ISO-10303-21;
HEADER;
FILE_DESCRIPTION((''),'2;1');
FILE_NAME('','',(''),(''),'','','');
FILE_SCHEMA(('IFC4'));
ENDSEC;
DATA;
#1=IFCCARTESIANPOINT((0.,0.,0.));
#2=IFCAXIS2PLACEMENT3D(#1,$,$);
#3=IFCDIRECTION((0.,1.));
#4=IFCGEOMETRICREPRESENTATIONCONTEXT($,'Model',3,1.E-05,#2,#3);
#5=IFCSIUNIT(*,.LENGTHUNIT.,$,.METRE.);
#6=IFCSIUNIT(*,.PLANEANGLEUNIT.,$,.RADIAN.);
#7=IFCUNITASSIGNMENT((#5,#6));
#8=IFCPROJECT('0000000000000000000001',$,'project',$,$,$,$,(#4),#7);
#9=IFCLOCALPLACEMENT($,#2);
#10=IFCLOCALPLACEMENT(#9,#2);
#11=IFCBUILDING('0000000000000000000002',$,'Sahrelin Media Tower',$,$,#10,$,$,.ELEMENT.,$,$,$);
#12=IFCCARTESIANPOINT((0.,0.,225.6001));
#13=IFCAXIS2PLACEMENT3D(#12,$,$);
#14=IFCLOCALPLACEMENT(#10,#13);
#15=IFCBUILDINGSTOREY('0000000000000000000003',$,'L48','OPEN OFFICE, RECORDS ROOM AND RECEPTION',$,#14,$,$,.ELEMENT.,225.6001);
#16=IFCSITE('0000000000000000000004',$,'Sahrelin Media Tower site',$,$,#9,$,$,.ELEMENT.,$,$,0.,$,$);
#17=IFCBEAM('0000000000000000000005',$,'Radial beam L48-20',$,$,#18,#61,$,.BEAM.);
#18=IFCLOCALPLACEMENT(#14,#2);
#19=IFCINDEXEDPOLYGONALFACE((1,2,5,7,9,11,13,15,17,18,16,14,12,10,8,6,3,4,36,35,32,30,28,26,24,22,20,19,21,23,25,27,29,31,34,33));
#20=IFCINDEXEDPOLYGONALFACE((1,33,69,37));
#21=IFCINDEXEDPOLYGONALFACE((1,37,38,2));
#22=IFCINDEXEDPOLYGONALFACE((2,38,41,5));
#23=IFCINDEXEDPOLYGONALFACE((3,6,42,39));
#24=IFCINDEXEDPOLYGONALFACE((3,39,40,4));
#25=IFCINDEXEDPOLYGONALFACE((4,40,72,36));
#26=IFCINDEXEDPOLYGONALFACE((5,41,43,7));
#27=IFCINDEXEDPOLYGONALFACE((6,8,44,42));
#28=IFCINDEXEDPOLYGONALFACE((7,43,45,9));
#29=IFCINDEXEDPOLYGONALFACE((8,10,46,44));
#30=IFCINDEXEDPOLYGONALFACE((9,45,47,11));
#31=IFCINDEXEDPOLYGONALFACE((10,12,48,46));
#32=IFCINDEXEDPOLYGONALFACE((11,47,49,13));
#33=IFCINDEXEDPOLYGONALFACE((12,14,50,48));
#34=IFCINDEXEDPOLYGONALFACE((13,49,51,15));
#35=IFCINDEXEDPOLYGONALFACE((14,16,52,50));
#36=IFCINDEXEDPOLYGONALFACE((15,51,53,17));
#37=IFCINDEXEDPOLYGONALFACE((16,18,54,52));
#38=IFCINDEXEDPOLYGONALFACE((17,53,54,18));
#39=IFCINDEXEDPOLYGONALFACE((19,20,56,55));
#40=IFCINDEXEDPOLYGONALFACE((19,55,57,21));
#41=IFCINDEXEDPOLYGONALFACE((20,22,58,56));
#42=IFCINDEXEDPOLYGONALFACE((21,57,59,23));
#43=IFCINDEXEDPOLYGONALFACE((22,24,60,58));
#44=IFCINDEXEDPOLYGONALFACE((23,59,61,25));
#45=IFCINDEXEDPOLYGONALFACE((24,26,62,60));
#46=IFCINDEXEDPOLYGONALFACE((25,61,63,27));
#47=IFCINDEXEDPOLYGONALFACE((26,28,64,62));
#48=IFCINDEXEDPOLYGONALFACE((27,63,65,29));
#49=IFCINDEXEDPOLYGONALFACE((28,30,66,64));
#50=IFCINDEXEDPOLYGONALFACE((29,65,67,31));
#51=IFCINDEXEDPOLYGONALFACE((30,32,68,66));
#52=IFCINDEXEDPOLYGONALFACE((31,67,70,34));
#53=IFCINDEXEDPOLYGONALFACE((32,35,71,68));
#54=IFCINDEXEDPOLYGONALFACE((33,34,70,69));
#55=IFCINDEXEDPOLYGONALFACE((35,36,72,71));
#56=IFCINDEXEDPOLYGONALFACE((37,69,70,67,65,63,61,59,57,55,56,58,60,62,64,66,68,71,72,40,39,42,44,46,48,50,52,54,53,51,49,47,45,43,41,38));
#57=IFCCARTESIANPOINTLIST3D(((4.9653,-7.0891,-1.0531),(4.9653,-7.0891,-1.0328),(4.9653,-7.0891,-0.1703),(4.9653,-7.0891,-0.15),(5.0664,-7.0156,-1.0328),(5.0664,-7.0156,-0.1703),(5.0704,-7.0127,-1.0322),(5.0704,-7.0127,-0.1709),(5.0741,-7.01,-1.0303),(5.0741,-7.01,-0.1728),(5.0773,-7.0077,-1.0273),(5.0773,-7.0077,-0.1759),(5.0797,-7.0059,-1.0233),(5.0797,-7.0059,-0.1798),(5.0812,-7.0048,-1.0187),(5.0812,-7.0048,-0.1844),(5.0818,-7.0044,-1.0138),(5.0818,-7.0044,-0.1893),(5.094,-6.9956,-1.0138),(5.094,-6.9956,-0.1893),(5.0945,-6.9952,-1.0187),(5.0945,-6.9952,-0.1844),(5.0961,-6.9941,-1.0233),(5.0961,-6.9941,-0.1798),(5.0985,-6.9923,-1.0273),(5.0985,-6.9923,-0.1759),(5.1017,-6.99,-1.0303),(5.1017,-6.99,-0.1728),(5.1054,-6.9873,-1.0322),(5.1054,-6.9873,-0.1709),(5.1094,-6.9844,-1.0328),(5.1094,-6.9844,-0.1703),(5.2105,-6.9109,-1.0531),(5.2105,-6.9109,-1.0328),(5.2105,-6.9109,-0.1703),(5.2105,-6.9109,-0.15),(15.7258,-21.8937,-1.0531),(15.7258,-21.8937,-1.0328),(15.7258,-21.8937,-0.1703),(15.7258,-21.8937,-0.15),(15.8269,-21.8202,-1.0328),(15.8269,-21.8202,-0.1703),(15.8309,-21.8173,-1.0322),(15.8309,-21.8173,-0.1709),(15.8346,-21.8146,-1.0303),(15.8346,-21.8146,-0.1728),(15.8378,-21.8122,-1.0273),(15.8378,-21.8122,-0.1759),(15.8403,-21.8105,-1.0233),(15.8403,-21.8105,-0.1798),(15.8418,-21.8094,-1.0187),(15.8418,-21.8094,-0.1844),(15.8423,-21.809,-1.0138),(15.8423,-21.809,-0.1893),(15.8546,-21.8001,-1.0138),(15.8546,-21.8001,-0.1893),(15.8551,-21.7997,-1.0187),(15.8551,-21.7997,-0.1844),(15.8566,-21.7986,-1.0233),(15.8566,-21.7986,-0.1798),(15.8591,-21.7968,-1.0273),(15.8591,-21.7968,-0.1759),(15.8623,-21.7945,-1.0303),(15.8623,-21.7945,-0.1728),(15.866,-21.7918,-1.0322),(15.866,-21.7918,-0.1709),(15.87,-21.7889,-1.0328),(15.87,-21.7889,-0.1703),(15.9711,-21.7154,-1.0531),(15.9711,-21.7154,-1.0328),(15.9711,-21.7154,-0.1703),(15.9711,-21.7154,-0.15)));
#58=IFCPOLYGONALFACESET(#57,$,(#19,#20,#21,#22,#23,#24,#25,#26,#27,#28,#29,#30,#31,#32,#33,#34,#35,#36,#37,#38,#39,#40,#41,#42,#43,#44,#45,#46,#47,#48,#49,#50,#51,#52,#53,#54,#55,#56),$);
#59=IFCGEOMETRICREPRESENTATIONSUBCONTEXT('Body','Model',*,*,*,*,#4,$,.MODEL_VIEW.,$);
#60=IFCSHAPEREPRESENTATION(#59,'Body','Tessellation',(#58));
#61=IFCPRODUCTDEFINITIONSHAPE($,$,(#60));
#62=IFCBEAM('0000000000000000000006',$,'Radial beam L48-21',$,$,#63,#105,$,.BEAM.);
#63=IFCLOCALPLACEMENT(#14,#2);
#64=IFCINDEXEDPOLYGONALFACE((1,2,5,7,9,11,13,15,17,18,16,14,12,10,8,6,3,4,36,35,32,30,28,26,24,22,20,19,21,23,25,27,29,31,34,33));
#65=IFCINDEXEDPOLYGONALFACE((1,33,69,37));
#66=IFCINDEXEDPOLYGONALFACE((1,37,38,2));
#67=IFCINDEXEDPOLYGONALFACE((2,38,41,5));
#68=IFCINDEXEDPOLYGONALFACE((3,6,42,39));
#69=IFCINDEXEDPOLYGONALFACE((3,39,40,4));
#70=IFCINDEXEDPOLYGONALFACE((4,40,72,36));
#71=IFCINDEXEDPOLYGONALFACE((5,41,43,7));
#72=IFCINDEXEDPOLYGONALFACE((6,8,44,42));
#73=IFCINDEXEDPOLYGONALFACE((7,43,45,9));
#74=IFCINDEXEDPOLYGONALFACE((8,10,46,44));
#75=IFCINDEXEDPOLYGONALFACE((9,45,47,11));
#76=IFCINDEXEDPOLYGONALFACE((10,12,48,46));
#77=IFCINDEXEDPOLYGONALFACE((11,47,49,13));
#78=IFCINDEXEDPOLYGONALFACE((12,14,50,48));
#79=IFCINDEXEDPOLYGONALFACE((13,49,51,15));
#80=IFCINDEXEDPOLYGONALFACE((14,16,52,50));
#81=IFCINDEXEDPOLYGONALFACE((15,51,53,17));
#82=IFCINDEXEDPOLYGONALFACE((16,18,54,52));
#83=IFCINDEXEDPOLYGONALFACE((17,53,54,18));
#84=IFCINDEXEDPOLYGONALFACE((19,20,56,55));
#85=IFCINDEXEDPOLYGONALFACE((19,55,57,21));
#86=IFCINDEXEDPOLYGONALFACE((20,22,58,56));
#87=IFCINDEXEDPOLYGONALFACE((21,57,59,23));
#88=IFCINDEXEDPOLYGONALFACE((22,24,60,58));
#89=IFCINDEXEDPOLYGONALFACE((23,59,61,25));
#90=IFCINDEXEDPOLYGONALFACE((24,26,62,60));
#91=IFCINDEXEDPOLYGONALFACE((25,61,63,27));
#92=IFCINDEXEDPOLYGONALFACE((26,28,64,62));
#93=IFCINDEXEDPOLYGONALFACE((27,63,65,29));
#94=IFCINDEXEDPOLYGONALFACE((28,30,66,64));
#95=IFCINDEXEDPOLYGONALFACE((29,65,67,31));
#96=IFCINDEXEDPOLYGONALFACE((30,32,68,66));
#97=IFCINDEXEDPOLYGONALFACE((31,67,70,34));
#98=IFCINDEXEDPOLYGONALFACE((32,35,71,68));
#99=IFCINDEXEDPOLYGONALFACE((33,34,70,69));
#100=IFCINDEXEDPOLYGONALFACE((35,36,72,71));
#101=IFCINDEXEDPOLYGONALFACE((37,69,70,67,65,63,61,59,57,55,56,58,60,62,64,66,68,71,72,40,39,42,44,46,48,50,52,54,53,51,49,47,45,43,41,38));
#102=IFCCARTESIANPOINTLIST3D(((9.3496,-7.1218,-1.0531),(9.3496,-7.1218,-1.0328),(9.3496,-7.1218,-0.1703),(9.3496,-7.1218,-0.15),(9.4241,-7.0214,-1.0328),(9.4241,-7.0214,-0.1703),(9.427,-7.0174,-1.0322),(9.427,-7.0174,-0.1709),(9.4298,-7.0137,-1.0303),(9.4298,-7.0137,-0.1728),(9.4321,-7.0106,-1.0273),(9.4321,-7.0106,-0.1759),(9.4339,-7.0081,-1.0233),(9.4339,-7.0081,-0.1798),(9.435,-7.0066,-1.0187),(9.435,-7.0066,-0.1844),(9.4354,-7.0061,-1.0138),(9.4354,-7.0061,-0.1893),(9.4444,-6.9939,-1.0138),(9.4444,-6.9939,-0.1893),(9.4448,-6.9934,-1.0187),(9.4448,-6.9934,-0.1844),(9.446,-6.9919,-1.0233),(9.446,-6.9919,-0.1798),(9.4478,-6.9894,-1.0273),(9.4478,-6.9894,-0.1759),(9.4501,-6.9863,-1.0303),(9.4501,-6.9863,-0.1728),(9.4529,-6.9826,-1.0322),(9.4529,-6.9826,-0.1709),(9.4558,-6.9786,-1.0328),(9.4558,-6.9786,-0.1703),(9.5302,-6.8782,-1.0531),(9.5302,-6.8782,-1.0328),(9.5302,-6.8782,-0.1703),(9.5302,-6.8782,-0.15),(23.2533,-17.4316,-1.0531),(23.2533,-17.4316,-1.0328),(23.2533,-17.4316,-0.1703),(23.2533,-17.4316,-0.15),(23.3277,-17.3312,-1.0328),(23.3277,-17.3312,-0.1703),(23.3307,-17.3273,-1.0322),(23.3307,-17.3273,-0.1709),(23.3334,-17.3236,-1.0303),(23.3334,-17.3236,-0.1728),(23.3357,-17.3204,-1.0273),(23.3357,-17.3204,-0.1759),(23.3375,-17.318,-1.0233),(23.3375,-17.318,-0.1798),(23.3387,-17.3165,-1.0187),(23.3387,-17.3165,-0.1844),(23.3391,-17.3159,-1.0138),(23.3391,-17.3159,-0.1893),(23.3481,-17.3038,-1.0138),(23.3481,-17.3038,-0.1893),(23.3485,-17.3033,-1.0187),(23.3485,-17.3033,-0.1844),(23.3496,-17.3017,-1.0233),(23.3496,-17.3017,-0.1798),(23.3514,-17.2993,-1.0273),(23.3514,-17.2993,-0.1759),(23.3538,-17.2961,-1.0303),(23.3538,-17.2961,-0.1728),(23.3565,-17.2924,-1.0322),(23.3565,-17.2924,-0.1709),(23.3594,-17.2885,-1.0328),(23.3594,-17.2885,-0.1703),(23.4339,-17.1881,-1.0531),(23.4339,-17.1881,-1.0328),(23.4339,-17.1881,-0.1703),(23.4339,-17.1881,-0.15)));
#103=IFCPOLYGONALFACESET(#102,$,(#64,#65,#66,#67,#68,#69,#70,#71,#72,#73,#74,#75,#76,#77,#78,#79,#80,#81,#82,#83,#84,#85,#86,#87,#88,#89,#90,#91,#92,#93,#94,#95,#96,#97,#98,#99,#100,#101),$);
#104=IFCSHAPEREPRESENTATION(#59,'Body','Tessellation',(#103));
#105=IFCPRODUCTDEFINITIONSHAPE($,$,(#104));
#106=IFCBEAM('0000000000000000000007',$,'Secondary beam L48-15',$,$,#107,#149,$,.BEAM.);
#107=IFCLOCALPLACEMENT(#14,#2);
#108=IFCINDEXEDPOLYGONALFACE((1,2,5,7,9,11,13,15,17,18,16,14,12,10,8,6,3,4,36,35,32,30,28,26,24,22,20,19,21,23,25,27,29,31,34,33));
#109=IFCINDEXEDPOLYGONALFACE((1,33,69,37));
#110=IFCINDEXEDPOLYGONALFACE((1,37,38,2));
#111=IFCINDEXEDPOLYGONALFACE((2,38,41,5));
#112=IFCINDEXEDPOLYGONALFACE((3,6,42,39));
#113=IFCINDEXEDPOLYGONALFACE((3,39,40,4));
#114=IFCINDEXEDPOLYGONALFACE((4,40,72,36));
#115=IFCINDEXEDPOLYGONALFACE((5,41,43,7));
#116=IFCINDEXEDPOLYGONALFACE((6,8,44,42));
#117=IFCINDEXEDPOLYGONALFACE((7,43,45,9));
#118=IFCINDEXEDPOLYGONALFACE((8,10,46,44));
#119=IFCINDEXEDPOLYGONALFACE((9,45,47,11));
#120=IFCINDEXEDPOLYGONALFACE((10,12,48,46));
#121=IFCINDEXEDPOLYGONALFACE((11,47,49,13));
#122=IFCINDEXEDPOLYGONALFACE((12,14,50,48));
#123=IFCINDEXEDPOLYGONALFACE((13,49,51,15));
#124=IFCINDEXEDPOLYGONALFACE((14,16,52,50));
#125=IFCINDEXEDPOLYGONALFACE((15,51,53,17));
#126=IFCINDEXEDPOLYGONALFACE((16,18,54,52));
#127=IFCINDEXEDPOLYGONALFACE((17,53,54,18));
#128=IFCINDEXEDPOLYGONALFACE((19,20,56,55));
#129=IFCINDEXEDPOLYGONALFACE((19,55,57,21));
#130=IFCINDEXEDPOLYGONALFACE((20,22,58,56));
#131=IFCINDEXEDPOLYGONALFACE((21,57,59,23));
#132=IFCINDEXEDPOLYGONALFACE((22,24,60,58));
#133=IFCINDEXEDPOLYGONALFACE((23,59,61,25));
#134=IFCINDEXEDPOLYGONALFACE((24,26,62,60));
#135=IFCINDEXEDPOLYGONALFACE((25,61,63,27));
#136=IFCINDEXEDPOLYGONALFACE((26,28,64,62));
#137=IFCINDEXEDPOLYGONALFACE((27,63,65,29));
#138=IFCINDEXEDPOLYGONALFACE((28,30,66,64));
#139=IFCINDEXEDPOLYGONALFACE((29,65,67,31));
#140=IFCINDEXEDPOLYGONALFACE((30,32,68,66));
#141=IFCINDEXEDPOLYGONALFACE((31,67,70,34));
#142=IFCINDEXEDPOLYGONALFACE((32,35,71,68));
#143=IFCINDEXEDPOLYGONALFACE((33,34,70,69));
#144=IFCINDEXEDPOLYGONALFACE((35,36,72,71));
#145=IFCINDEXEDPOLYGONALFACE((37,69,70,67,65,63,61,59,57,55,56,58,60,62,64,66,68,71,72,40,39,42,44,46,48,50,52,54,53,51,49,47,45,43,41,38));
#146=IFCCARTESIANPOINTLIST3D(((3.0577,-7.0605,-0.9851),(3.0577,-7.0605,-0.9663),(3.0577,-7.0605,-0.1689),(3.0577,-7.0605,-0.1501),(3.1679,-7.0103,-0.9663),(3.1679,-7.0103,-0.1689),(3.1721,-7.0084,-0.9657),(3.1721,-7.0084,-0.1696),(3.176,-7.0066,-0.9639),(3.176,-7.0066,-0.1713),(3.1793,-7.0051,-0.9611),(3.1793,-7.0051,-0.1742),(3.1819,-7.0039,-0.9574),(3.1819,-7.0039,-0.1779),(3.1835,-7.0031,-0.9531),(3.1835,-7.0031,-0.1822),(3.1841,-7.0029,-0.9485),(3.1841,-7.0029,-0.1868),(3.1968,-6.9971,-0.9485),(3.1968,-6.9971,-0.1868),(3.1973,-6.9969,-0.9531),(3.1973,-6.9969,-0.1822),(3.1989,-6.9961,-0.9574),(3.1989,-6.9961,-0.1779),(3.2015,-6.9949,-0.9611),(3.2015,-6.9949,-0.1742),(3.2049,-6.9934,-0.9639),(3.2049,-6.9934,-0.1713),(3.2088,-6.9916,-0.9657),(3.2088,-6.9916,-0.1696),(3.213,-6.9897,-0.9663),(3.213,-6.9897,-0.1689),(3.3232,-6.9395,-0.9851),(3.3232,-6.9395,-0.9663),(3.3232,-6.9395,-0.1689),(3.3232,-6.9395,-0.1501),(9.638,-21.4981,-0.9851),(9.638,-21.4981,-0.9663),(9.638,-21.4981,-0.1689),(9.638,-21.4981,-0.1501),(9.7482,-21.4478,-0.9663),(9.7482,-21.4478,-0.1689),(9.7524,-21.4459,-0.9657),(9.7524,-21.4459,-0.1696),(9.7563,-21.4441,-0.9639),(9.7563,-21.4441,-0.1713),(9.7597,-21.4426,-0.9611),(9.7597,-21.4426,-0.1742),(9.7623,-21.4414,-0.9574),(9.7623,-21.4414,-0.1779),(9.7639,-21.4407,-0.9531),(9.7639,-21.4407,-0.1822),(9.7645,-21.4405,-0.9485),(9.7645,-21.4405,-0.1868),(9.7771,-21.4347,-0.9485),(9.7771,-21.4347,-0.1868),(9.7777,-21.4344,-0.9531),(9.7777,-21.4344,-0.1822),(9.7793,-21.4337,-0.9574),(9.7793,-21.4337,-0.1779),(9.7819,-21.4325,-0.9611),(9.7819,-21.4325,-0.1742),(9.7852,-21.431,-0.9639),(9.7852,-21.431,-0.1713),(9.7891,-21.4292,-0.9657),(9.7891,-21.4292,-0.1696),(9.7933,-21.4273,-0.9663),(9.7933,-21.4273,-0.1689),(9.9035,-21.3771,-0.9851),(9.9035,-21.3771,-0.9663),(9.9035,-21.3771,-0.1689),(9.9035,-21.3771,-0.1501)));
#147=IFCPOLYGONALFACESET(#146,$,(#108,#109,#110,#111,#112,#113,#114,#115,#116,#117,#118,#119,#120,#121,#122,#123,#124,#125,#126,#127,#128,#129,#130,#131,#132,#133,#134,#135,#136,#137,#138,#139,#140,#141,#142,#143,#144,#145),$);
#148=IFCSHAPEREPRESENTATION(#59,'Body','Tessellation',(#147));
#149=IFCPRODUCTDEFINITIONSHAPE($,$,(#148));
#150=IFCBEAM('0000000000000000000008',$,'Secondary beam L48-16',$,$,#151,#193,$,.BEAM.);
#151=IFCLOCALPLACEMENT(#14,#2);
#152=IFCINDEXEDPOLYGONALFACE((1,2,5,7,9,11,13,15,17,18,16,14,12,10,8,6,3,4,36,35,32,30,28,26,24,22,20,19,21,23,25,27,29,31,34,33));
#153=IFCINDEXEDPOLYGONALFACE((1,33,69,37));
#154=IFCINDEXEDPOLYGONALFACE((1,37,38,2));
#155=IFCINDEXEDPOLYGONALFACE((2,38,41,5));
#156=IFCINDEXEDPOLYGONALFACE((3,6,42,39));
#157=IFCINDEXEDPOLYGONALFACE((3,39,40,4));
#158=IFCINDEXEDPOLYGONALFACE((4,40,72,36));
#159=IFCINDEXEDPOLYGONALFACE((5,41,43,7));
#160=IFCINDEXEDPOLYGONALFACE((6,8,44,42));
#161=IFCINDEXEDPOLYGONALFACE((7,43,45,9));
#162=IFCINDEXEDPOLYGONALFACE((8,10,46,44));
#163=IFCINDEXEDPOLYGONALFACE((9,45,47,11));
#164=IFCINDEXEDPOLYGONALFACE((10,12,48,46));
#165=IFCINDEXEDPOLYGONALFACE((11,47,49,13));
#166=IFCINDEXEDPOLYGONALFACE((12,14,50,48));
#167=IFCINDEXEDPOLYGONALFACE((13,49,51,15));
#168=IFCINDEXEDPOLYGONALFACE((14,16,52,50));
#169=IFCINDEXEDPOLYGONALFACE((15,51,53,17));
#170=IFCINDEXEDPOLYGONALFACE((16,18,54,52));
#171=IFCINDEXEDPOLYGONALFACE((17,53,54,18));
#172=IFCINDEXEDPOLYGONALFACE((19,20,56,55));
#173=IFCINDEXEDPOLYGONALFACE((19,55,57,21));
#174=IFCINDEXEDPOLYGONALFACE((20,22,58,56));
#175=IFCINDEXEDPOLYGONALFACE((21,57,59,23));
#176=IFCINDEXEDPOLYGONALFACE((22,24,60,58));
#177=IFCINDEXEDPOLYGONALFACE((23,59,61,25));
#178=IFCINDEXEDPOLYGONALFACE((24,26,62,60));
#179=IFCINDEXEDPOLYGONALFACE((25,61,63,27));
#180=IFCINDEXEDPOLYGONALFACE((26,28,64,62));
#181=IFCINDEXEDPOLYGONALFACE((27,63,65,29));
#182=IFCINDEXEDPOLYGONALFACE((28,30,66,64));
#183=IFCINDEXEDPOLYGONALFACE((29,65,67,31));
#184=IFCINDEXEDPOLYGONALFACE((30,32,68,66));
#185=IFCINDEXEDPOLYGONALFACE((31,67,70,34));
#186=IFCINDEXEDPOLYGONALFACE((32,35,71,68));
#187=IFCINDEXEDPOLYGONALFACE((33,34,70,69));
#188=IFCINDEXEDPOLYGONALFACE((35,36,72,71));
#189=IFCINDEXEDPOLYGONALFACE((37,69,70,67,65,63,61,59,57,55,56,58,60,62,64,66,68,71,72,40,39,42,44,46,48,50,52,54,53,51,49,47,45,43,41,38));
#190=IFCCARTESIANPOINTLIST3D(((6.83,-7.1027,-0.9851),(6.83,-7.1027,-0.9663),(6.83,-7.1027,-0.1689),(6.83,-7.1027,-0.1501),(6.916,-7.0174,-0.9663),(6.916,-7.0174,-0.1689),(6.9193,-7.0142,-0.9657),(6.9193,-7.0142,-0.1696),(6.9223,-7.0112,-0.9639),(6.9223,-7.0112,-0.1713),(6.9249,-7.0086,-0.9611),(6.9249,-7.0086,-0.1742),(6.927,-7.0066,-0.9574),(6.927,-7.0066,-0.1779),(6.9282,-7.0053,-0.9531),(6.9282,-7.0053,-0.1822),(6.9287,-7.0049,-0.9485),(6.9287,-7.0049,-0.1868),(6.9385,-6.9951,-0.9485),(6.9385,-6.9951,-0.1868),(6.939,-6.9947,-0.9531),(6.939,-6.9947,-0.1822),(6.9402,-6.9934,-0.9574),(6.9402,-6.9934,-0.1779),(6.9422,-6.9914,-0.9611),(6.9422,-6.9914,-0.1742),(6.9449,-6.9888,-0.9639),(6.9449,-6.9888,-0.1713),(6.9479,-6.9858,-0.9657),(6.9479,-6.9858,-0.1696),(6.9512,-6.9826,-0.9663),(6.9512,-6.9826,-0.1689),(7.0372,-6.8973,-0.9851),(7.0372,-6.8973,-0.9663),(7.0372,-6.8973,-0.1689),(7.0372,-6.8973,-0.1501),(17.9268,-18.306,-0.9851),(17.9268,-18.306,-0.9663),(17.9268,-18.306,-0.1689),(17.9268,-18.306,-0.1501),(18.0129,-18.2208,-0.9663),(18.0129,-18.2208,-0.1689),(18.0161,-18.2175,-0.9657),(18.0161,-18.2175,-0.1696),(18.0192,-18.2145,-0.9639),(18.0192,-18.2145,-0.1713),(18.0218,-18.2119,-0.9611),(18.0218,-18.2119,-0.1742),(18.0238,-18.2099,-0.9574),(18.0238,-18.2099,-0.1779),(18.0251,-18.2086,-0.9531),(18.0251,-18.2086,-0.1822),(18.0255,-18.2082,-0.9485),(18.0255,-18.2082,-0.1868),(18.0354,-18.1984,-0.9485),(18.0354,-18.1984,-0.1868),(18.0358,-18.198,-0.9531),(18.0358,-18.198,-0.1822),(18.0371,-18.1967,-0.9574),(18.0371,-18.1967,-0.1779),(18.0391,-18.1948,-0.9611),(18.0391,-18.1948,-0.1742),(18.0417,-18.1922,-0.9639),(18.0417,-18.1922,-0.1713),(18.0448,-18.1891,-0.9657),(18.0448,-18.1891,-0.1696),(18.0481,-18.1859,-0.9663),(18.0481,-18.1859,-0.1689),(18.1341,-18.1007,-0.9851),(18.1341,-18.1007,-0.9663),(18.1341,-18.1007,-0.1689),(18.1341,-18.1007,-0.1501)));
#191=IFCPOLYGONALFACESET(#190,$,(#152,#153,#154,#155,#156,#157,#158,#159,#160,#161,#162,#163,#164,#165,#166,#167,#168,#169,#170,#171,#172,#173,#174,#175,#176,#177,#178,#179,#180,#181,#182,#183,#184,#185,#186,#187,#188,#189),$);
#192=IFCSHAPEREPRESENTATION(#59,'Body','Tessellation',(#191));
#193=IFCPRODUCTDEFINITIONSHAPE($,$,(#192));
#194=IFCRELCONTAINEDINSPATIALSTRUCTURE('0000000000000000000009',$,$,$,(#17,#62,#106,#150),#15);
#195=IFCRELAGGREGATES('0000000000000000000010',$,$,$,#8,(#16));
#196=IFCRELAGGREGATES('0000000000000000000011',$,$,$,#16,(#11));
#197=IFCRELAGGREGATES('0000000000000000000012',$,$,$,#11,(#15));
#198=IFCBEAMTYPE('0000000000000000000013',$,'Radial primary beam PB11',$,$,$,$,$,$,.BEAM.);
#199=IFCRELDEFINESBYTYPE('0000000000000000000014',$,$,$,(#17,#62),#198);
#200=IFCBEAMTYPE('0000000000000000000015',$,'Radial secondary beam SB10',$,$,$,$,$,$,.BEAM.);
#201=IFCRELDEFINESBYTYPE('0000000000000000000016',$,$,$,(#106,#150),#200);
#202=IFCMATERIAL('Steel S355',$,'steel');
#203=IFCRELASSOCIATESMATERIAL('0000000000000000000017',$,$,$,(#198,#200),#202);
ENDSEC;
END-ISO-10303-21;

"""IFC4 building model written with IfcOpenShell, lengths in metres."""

from ifc_helpers import new_model, si_unit, direction, frame, origin, origin_2d, place, context, subcontext, project, spatial, i_section, extrude, material, material_profile, profile_set, type_object, element, save


model = new_model("IFC4")

# Units and contexts
model_context = context("Model", 3, precision=1e-05, world=origin(), true_north=direction((0.0, 1.0)))
body_context = subcontext(model_context, "Body", "Model", "MODEL_VIEW")
ifc_project = project(units=[si_unit("LENGTHUNIT", "METRE"), si_unit("PLANEANGLEUNIT", "RADIAN")], contexts=[model_context])

# Site, building, storey
site_placement = place(None, origin())
site = spatial("IfcSite", under=ifc_project, at=site_placement, Name="Sahrelin Media Tower site", CompositionType="ELEMENT", RefElevation=0.0)
building_placement = place(site_placement, origin())
building = spatial("IfcBuilding", under=site, at=building_placement, Name="Sahrelin Media Tower", CompositionType="ELEMENT")
storey_placement = place(building_placement, frame((0.0, 0.0, 225.6001)))
storey = spatial("IfcBuildingStorey", under=building, at=storey_placement, Name="L48", Description="OPEN OFFICE, RECORDS ROOM AND RECEPTION", CompositionType="ELEMENT", Elevation=225.6001)

# Shared definitions
ifc_material_1 = material(Name="Steel S355", Category="steel")

# Beams
ifc_material_profile_1 = material_profile(ifc_material_1, i_section(OverallWidth=0.3032, OverallDepth=0.9031, WebThickness=0.0151, FlangeThickness=0.0203, FilletRadius=0.019, at=origin_2d()), Name="UB 914x305x201")
ifc_profile_set_1 = profile_set([ifc_material_profile_1], Name="Steel S355")
beam_type_1 = type_object("IfcBeamType", Name="Radial primary beam PB11", PredefinedType="BEAM", material=ifc_profile_set_1)
beam_1_placement = place(storey_placement, frame((5.0879, -7.0, -0.6016), z_axis=(0.587944, -0.808902, 0.0), x_axis=(0.808902, 0.587944, 0.0)))
element("IfcBeam", 1, at=beam_1_placement, inside=storey, type_object=beam_type_1, Name="Radial beam L48-20", PredefinedType="BEAM", context=body_context, shape_type="SweptSolid", body=[
    extrude(i_section(OverallWidth=0.3032, OverallDepth=0.9031, WebThickness=0.0151, FlangeThickness=0.0203, FilletRadius=0.019, at=origin_2d()), origin(), (0.0, 0.0, 1.0), 18.302),
])
beam_2_placement = place(storey_placement, frame((9.4399, -7.0, -0.6016), z_axis=(0.803257, -0.595633, 0.0), x_axis=(0.595633, 0.803257, 0.0)))
element("IfcBeam", 2, at=beam_2_placement, inside=storey, type_object=beam_type_1, Name="Radial beam L48-21", PredefinedType="BEAM", context=body_context, shape_type="SweptSolid", body=[
    extrude(i_section(OverallWidth=0.3032, OverallDepth=0.9031, WebThickness=0.0151, FlangeThickness=0.0203, FilletRadius=0.019, at=origin_2d()), origin(), (0.0, 0.0, 1.0), 17.3091),
])
ifc_material_profile_2 = material_profile(ifc_material_1, i_section(OverallWidth=0.2917, OverallDepth=0.835, WebThickness=0.0139, FlangeThickness=0.0188, FilletRadius=0.0178, at=origin_2d()), Name="UB 838x292x176")
ifc_profile_set_2 = profile_set([ifc_material_profile_2], Name="Steel S355")
beam_type_2 = type_object("IfcBeamType", Name="Radial secondary beam SB10", PredefinedType="BEAM", material=ifc_profile_set_2)
beam_3_placement = place(storey_placement, frame((3.1904, -7.0, -0.5676), z_axis=(0.414734, -0.909943, 0.0), x_axis=(0.909943, 0.414734, 0.0)))
element("IfcBeam", 3, at=beam_3_placement, inside=storey, type_object=beam_type_2, Name="Secondary beam L48-15", PredefinedType="BEAM", context=body_context, shape_type="SweptSolid", body=[
    extrude(i_section(OverallWidth=0.2917, OverallDepth=0.835, WebThickness=0.0139, FlangeThickness=0.0188, FilletRadius=0.0178, at=origin_2d()), origin(), (0.0, 0.0, 1.0), 15.8665),
])
beam_4_placement = place(storey_placement, frame((6.9336, -7.0, -0.5676), z_axis=(0.703724, -0.710474, 0.0), x_axis=(0.710474, 0.703724, 0.0)))
element("IfcBeam", 4, at=beam_4_placement, inside=storey, type_object=beam_type_2, Name="Secondary beam L48-16", PredefinedType="BEAM", context=body_context, shape_type="SweptSolid", body=[
    extrude(i_section(OverallWidth=0.2917, OverallDepth=0.835, WebThickness=0.0139, FlangeThickness=0.0188, FilletRadius=0.0178, at=origin_2d()), origin(), (0.0, 0.0, 1.0), 15.7688),
])

save(model, "model.ifc")
